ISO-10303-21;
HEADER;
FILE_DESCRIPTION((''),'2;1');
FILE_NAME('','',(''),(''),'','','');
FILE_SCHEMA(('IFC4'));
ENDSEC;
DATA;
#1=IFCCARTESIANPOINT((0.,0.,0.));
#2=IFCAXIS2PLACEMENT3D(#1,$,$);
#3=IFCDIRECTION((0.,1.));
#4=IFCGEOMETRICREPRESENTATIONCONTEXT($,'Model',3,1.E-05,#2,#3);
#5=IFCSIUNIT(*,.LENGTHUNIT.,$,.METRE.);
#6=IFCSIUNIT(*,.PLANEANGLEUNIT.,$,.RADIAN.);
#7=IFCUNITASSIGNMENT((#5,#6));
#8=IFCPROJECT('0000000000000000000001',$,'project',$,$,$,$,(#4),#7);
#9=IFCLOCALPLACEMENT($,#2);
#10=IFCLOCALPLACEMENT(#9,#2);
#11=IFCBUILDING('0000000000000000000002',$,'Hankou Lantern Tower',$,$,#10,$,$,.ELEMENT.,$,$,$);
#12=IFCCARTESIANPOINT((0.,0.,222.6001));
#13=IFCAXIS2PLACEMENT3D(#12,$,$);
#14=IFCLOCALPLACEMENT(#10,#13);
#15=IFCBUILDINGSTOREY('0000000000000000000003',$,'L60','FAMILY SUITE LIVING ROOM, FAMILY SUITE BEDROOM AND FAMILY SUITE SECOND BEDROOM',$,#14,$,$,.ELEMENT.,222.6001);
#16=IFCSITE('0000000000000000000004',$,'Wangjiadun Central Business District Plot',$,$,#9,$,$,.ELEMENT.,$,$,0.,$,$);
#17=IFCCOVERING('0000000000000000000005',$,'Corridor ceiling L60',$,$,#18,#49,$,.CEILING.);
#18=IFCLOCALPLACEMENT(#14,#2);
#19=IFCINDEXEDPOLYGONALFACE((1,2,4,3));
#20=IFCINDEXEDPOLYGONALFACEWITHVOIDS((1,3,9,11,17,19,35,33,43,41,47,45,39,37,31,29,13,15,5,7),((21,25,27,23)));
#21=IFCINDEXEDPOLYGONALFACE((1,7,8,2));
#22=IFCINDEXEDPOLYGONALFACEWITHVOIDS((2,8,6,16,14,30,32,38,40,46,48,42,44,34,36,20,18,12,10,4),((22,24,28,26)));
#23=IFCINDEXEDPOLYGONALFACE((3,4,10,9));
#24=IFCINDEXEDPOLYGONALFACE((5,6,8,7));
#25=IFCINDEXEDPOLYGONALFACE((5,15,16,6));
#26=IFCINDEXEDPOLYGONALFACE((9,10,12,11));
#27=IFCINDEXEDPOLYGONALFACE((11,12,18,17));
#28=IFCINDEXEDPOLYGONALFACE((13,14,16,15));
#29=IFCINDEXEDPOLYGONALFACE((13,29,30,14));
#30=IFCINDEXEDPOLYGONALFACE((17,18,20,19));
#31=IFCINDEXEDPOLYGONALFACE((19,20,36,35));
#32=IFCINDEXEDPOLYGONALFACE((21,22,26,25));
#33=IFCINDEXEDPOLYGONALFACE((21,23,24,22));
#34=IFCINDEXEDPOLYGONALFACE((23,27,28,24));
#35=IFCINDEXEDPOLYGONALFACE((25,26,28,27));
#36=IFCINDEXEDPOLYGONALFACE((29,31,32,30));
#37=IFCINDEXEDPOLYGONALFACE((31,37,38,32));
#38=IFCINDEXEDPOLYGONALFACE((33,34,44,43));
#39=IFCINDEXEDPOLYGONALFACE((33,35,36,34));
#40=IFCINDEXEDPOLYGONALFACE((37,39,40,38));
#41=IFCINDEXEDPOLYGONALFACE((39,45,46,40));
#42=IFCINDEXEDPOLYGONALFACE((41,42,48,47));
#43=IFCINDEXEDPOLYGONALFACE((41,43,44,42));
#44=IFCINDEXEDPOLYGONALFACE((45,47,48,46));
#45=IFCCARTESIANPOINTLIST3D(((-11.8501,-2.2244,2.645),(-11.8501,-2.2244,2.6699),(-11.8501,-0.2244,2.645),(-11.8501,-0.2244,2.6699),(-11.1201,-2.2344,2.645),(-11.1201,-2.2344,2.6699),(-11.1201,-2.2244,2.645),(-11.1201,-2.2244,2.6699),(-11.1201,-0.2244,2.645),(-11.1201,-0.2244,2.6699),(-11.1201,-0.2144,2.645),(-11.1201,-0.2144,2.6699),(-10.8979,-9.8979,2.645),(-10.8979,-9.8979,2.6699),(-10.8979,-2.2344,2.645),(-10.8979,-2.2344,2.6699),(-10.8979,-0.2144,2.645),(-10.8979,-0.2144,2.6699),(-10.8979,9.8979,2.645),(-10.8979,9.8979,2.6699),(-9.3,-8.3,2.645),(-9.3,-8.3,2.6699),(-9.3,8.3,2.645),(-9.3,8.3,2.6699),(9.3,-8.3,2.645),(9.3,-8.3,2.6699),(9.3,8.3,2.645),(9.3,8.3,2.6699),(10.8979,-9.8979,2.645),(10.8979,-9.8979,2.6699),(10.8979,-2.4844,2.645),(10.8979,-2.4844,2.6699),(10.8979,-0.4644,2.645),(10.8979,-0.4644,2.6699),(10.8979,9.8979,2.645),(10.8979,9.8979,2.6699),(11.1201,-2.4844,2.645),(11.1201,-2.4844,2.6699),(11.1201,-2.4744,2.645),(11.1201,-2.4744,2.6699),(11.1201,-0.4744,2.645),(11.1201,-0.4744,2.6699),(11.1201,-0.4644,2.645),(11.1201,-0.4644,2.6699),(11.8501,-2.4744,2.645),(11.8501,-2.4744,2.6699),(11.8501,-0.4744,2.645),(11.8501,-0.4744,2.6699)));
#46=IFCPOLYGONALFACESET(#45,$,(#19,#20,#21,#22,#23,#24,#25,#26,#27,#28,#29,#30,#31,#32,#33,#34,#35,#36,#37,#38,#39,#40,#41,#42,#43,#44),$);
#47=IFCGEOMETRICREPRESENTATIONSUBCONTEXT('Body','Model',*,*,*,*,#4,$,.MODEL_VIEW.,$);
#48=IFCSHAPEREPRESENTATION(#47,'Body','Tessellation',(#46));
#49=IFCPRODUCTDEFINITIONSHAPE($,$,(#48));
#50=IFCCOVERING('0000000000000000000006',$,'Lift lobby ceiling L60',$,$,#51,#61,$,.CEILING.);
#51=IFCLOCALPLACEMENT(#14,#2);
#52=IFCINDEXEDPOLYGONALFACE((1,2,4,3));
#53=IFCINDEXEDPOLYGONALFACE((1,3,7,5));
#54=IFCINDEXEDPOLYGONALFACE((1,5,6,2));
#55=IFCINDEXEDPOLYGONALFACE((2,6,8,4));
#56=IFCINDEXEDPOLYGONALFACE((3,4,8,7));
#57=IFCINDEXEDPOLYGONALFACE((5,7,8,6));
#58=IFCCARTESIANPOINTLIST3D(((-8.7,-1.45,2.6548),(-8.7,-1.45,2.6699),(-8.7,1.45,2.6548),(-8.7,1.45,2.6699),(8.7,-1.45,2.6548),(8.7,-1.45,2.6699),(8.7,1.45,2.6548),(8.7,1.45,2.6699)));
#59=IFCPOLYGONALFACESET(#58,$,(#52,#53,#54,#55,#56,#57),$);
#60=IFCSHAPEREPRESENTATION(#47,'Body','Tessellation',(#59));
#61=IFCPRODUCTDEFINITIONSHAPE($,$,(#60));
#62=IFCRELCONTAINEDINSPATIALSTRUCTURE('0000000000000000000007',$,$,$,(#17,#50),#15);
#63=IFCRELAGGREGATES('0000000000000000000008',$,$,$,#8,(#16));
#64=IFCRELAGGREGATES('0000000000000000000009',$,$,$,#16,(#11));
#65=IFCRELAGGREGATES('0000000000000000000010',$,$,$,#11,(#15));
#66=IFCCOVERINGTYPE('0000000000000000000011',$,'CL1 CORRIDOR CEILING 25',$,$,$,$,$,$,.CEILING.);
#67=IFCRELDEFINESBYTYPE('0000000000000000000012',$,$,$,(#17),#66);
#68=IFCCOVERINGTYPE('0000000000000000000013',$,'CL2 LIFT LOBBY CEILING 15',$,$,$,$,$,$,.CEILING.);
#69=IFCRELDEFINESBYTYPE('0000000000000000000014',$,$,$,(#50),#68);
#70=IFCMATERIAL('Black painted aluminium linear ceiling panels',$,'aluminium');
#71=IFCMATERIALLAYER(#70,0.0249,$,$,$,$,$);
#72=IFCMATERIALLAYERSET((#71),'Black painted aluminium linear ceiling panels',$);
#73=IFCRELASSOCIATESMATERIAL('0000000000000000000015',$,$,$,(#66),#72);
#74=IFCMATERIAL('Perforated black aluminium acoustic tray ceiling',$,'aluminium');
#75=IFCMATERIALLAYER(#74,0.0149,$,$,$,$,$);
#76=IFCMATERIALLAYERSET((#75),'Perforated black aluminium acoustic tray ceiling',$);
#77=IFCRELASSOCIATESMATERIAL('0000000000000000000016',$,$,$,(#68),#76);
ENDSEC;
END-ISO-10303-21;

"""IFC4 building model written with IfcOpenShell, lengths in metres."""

from ifc_helpers import new_model, si_unit, direction, frame, origin, place, context, subcontext, project, spatial, polyline, outline, extrude, material, layer, layer_set, type_object, element, save


model = new_model("IFC4")

# Units and contexts
model_context = context("Model", 3, precision=1e-05, world=origin(), true_north=direction((0.0, 1.0)))
body_context = subcontext(model_context, "Body", "Model", "MODEL_VIEW")
ifc_project = project(units=[si_unit("LENGTHUNIT", "METRE"), si_unit("PLANEANGLEUNIT", "RADIAN")], contexts=[model_context])

# Site, building, storey
site_placement = place(None, origin())
site = spatial("IfcSite", under=ifc_project, at=site_placement, Name="Wangjiadun Central Business District Plot", CompositionType="ELEMENT", RefElevation=0.0)
building_placement = place(site_placement, origin())
building = spatial("IfcBuilding", under=site, at=building_placement, Name="Hankou Lantern Tower", CompositionType="ELEMENT")
storey_placement = place(building_placement, frame((0.0, 0.0, 222.6001)))
storey = spatial("IfcBuildingStorey", under=building, at=storey_placement, Name="L60", Description="FAMILY SUITE LIVING ROOM, FAMILY SUITE BEDROOM AND FAMILY SUITE SECOND BEDROOM", CompositionType="ELEMENT", Elevation=222.6001)

# Coverings
ifc_material_1 = material(Name="Black painted aluminium linear ceiling panels", Category="aluminium")
ifc_layer_1 = layer(ifc_material_1, 0.0249)
ifc_layer_set_1 = layer_set([ifc_layer_1], Name="Black painted aluminium linear ceiling panels")
covering_type_1 = type_object("IfcCoveringType", Name="CL1 CORRIDOR CEILING 25", PredefinedType="CEILING", material=ifc_layer_set_1)
covering_1_placement = place(storey_placement, frame((0.0, 0.0, 2.645)))
element("IfcCovering", 1, at=covering_1_placement, inside=storey, type_object=covering_type_1, Name="Corridor ceiling L60", PredefinedType="CEILING", context=body_context, shape_type="SweptSolid", body=[
    extrude(outline(polyline([(11.8501, -2.4744), (11.8501, -0.4744), (11.1201, -0.4744), (11.1201, -0.4644), (10.8979, -0.4644), (10.8979, 9.8979), (-10.8979, 9.8979), (-10.8979, -0.2144), (-11.1201, -0.2144), (-11.1201, -0.2244), (-11.8501, -0.2244), (-11.8501, -2.2244), (-11.1201, -2.2244), (-11.1201, -2.2344), (-10.8979, -2.2344), (-10.8979, -9.8979), (10.8979, -9.8979), (10.8979, -2.4844), (11.1201, -2.4844), (11.1201, -2.4744), (11.8501, -2.4744)]), holes=[polyline([(-9.3, 8.3), (9.3, 8.3), (9.3, -8.3), (-9.3, -8.3), (-9.3, 8.3)])]), origin(), (0.0, 0.0, 1.0), 0.0249),
])
ifc_material_2 = material(Name="Perforated black aluminium acoustic tray ceiling", Category="aluminium")
ifc_layer_2 = layer(ifc_material_2, 0.0149)
ifc_layer_set_2 = layer_set([ifc_layer_2], Name="Perforated black aluminium acoustic tray ceiling")
covering_type_2 = type_object("IfcCoveringType", Name="CL2 LIFT LOBBY CEILING 15", PredefinedType="CEILING", material=ifc_layer_set_2)
covering_2_placement = place(storey_placement, frame((0.0, 0.0, 2.6548)))
element("IfcCovering", 2, at=covering_2_placement, inside=storey, type_object=covering_type_2, Name="Lift lobby ceiling L60", PredefinedType="CEILING", context=body_context, shape_type="SweptSolid", body=[
    extrude(outline(polyline([(-8.7, -1.45), (8.7, -1.45), (8.7, 1.45), (-8.7, 1.45), (-8.7, -1.45)])), origin(), (0.0, 0.0, 1.0), 0.0151),
])

save(model, "model.ifc")
